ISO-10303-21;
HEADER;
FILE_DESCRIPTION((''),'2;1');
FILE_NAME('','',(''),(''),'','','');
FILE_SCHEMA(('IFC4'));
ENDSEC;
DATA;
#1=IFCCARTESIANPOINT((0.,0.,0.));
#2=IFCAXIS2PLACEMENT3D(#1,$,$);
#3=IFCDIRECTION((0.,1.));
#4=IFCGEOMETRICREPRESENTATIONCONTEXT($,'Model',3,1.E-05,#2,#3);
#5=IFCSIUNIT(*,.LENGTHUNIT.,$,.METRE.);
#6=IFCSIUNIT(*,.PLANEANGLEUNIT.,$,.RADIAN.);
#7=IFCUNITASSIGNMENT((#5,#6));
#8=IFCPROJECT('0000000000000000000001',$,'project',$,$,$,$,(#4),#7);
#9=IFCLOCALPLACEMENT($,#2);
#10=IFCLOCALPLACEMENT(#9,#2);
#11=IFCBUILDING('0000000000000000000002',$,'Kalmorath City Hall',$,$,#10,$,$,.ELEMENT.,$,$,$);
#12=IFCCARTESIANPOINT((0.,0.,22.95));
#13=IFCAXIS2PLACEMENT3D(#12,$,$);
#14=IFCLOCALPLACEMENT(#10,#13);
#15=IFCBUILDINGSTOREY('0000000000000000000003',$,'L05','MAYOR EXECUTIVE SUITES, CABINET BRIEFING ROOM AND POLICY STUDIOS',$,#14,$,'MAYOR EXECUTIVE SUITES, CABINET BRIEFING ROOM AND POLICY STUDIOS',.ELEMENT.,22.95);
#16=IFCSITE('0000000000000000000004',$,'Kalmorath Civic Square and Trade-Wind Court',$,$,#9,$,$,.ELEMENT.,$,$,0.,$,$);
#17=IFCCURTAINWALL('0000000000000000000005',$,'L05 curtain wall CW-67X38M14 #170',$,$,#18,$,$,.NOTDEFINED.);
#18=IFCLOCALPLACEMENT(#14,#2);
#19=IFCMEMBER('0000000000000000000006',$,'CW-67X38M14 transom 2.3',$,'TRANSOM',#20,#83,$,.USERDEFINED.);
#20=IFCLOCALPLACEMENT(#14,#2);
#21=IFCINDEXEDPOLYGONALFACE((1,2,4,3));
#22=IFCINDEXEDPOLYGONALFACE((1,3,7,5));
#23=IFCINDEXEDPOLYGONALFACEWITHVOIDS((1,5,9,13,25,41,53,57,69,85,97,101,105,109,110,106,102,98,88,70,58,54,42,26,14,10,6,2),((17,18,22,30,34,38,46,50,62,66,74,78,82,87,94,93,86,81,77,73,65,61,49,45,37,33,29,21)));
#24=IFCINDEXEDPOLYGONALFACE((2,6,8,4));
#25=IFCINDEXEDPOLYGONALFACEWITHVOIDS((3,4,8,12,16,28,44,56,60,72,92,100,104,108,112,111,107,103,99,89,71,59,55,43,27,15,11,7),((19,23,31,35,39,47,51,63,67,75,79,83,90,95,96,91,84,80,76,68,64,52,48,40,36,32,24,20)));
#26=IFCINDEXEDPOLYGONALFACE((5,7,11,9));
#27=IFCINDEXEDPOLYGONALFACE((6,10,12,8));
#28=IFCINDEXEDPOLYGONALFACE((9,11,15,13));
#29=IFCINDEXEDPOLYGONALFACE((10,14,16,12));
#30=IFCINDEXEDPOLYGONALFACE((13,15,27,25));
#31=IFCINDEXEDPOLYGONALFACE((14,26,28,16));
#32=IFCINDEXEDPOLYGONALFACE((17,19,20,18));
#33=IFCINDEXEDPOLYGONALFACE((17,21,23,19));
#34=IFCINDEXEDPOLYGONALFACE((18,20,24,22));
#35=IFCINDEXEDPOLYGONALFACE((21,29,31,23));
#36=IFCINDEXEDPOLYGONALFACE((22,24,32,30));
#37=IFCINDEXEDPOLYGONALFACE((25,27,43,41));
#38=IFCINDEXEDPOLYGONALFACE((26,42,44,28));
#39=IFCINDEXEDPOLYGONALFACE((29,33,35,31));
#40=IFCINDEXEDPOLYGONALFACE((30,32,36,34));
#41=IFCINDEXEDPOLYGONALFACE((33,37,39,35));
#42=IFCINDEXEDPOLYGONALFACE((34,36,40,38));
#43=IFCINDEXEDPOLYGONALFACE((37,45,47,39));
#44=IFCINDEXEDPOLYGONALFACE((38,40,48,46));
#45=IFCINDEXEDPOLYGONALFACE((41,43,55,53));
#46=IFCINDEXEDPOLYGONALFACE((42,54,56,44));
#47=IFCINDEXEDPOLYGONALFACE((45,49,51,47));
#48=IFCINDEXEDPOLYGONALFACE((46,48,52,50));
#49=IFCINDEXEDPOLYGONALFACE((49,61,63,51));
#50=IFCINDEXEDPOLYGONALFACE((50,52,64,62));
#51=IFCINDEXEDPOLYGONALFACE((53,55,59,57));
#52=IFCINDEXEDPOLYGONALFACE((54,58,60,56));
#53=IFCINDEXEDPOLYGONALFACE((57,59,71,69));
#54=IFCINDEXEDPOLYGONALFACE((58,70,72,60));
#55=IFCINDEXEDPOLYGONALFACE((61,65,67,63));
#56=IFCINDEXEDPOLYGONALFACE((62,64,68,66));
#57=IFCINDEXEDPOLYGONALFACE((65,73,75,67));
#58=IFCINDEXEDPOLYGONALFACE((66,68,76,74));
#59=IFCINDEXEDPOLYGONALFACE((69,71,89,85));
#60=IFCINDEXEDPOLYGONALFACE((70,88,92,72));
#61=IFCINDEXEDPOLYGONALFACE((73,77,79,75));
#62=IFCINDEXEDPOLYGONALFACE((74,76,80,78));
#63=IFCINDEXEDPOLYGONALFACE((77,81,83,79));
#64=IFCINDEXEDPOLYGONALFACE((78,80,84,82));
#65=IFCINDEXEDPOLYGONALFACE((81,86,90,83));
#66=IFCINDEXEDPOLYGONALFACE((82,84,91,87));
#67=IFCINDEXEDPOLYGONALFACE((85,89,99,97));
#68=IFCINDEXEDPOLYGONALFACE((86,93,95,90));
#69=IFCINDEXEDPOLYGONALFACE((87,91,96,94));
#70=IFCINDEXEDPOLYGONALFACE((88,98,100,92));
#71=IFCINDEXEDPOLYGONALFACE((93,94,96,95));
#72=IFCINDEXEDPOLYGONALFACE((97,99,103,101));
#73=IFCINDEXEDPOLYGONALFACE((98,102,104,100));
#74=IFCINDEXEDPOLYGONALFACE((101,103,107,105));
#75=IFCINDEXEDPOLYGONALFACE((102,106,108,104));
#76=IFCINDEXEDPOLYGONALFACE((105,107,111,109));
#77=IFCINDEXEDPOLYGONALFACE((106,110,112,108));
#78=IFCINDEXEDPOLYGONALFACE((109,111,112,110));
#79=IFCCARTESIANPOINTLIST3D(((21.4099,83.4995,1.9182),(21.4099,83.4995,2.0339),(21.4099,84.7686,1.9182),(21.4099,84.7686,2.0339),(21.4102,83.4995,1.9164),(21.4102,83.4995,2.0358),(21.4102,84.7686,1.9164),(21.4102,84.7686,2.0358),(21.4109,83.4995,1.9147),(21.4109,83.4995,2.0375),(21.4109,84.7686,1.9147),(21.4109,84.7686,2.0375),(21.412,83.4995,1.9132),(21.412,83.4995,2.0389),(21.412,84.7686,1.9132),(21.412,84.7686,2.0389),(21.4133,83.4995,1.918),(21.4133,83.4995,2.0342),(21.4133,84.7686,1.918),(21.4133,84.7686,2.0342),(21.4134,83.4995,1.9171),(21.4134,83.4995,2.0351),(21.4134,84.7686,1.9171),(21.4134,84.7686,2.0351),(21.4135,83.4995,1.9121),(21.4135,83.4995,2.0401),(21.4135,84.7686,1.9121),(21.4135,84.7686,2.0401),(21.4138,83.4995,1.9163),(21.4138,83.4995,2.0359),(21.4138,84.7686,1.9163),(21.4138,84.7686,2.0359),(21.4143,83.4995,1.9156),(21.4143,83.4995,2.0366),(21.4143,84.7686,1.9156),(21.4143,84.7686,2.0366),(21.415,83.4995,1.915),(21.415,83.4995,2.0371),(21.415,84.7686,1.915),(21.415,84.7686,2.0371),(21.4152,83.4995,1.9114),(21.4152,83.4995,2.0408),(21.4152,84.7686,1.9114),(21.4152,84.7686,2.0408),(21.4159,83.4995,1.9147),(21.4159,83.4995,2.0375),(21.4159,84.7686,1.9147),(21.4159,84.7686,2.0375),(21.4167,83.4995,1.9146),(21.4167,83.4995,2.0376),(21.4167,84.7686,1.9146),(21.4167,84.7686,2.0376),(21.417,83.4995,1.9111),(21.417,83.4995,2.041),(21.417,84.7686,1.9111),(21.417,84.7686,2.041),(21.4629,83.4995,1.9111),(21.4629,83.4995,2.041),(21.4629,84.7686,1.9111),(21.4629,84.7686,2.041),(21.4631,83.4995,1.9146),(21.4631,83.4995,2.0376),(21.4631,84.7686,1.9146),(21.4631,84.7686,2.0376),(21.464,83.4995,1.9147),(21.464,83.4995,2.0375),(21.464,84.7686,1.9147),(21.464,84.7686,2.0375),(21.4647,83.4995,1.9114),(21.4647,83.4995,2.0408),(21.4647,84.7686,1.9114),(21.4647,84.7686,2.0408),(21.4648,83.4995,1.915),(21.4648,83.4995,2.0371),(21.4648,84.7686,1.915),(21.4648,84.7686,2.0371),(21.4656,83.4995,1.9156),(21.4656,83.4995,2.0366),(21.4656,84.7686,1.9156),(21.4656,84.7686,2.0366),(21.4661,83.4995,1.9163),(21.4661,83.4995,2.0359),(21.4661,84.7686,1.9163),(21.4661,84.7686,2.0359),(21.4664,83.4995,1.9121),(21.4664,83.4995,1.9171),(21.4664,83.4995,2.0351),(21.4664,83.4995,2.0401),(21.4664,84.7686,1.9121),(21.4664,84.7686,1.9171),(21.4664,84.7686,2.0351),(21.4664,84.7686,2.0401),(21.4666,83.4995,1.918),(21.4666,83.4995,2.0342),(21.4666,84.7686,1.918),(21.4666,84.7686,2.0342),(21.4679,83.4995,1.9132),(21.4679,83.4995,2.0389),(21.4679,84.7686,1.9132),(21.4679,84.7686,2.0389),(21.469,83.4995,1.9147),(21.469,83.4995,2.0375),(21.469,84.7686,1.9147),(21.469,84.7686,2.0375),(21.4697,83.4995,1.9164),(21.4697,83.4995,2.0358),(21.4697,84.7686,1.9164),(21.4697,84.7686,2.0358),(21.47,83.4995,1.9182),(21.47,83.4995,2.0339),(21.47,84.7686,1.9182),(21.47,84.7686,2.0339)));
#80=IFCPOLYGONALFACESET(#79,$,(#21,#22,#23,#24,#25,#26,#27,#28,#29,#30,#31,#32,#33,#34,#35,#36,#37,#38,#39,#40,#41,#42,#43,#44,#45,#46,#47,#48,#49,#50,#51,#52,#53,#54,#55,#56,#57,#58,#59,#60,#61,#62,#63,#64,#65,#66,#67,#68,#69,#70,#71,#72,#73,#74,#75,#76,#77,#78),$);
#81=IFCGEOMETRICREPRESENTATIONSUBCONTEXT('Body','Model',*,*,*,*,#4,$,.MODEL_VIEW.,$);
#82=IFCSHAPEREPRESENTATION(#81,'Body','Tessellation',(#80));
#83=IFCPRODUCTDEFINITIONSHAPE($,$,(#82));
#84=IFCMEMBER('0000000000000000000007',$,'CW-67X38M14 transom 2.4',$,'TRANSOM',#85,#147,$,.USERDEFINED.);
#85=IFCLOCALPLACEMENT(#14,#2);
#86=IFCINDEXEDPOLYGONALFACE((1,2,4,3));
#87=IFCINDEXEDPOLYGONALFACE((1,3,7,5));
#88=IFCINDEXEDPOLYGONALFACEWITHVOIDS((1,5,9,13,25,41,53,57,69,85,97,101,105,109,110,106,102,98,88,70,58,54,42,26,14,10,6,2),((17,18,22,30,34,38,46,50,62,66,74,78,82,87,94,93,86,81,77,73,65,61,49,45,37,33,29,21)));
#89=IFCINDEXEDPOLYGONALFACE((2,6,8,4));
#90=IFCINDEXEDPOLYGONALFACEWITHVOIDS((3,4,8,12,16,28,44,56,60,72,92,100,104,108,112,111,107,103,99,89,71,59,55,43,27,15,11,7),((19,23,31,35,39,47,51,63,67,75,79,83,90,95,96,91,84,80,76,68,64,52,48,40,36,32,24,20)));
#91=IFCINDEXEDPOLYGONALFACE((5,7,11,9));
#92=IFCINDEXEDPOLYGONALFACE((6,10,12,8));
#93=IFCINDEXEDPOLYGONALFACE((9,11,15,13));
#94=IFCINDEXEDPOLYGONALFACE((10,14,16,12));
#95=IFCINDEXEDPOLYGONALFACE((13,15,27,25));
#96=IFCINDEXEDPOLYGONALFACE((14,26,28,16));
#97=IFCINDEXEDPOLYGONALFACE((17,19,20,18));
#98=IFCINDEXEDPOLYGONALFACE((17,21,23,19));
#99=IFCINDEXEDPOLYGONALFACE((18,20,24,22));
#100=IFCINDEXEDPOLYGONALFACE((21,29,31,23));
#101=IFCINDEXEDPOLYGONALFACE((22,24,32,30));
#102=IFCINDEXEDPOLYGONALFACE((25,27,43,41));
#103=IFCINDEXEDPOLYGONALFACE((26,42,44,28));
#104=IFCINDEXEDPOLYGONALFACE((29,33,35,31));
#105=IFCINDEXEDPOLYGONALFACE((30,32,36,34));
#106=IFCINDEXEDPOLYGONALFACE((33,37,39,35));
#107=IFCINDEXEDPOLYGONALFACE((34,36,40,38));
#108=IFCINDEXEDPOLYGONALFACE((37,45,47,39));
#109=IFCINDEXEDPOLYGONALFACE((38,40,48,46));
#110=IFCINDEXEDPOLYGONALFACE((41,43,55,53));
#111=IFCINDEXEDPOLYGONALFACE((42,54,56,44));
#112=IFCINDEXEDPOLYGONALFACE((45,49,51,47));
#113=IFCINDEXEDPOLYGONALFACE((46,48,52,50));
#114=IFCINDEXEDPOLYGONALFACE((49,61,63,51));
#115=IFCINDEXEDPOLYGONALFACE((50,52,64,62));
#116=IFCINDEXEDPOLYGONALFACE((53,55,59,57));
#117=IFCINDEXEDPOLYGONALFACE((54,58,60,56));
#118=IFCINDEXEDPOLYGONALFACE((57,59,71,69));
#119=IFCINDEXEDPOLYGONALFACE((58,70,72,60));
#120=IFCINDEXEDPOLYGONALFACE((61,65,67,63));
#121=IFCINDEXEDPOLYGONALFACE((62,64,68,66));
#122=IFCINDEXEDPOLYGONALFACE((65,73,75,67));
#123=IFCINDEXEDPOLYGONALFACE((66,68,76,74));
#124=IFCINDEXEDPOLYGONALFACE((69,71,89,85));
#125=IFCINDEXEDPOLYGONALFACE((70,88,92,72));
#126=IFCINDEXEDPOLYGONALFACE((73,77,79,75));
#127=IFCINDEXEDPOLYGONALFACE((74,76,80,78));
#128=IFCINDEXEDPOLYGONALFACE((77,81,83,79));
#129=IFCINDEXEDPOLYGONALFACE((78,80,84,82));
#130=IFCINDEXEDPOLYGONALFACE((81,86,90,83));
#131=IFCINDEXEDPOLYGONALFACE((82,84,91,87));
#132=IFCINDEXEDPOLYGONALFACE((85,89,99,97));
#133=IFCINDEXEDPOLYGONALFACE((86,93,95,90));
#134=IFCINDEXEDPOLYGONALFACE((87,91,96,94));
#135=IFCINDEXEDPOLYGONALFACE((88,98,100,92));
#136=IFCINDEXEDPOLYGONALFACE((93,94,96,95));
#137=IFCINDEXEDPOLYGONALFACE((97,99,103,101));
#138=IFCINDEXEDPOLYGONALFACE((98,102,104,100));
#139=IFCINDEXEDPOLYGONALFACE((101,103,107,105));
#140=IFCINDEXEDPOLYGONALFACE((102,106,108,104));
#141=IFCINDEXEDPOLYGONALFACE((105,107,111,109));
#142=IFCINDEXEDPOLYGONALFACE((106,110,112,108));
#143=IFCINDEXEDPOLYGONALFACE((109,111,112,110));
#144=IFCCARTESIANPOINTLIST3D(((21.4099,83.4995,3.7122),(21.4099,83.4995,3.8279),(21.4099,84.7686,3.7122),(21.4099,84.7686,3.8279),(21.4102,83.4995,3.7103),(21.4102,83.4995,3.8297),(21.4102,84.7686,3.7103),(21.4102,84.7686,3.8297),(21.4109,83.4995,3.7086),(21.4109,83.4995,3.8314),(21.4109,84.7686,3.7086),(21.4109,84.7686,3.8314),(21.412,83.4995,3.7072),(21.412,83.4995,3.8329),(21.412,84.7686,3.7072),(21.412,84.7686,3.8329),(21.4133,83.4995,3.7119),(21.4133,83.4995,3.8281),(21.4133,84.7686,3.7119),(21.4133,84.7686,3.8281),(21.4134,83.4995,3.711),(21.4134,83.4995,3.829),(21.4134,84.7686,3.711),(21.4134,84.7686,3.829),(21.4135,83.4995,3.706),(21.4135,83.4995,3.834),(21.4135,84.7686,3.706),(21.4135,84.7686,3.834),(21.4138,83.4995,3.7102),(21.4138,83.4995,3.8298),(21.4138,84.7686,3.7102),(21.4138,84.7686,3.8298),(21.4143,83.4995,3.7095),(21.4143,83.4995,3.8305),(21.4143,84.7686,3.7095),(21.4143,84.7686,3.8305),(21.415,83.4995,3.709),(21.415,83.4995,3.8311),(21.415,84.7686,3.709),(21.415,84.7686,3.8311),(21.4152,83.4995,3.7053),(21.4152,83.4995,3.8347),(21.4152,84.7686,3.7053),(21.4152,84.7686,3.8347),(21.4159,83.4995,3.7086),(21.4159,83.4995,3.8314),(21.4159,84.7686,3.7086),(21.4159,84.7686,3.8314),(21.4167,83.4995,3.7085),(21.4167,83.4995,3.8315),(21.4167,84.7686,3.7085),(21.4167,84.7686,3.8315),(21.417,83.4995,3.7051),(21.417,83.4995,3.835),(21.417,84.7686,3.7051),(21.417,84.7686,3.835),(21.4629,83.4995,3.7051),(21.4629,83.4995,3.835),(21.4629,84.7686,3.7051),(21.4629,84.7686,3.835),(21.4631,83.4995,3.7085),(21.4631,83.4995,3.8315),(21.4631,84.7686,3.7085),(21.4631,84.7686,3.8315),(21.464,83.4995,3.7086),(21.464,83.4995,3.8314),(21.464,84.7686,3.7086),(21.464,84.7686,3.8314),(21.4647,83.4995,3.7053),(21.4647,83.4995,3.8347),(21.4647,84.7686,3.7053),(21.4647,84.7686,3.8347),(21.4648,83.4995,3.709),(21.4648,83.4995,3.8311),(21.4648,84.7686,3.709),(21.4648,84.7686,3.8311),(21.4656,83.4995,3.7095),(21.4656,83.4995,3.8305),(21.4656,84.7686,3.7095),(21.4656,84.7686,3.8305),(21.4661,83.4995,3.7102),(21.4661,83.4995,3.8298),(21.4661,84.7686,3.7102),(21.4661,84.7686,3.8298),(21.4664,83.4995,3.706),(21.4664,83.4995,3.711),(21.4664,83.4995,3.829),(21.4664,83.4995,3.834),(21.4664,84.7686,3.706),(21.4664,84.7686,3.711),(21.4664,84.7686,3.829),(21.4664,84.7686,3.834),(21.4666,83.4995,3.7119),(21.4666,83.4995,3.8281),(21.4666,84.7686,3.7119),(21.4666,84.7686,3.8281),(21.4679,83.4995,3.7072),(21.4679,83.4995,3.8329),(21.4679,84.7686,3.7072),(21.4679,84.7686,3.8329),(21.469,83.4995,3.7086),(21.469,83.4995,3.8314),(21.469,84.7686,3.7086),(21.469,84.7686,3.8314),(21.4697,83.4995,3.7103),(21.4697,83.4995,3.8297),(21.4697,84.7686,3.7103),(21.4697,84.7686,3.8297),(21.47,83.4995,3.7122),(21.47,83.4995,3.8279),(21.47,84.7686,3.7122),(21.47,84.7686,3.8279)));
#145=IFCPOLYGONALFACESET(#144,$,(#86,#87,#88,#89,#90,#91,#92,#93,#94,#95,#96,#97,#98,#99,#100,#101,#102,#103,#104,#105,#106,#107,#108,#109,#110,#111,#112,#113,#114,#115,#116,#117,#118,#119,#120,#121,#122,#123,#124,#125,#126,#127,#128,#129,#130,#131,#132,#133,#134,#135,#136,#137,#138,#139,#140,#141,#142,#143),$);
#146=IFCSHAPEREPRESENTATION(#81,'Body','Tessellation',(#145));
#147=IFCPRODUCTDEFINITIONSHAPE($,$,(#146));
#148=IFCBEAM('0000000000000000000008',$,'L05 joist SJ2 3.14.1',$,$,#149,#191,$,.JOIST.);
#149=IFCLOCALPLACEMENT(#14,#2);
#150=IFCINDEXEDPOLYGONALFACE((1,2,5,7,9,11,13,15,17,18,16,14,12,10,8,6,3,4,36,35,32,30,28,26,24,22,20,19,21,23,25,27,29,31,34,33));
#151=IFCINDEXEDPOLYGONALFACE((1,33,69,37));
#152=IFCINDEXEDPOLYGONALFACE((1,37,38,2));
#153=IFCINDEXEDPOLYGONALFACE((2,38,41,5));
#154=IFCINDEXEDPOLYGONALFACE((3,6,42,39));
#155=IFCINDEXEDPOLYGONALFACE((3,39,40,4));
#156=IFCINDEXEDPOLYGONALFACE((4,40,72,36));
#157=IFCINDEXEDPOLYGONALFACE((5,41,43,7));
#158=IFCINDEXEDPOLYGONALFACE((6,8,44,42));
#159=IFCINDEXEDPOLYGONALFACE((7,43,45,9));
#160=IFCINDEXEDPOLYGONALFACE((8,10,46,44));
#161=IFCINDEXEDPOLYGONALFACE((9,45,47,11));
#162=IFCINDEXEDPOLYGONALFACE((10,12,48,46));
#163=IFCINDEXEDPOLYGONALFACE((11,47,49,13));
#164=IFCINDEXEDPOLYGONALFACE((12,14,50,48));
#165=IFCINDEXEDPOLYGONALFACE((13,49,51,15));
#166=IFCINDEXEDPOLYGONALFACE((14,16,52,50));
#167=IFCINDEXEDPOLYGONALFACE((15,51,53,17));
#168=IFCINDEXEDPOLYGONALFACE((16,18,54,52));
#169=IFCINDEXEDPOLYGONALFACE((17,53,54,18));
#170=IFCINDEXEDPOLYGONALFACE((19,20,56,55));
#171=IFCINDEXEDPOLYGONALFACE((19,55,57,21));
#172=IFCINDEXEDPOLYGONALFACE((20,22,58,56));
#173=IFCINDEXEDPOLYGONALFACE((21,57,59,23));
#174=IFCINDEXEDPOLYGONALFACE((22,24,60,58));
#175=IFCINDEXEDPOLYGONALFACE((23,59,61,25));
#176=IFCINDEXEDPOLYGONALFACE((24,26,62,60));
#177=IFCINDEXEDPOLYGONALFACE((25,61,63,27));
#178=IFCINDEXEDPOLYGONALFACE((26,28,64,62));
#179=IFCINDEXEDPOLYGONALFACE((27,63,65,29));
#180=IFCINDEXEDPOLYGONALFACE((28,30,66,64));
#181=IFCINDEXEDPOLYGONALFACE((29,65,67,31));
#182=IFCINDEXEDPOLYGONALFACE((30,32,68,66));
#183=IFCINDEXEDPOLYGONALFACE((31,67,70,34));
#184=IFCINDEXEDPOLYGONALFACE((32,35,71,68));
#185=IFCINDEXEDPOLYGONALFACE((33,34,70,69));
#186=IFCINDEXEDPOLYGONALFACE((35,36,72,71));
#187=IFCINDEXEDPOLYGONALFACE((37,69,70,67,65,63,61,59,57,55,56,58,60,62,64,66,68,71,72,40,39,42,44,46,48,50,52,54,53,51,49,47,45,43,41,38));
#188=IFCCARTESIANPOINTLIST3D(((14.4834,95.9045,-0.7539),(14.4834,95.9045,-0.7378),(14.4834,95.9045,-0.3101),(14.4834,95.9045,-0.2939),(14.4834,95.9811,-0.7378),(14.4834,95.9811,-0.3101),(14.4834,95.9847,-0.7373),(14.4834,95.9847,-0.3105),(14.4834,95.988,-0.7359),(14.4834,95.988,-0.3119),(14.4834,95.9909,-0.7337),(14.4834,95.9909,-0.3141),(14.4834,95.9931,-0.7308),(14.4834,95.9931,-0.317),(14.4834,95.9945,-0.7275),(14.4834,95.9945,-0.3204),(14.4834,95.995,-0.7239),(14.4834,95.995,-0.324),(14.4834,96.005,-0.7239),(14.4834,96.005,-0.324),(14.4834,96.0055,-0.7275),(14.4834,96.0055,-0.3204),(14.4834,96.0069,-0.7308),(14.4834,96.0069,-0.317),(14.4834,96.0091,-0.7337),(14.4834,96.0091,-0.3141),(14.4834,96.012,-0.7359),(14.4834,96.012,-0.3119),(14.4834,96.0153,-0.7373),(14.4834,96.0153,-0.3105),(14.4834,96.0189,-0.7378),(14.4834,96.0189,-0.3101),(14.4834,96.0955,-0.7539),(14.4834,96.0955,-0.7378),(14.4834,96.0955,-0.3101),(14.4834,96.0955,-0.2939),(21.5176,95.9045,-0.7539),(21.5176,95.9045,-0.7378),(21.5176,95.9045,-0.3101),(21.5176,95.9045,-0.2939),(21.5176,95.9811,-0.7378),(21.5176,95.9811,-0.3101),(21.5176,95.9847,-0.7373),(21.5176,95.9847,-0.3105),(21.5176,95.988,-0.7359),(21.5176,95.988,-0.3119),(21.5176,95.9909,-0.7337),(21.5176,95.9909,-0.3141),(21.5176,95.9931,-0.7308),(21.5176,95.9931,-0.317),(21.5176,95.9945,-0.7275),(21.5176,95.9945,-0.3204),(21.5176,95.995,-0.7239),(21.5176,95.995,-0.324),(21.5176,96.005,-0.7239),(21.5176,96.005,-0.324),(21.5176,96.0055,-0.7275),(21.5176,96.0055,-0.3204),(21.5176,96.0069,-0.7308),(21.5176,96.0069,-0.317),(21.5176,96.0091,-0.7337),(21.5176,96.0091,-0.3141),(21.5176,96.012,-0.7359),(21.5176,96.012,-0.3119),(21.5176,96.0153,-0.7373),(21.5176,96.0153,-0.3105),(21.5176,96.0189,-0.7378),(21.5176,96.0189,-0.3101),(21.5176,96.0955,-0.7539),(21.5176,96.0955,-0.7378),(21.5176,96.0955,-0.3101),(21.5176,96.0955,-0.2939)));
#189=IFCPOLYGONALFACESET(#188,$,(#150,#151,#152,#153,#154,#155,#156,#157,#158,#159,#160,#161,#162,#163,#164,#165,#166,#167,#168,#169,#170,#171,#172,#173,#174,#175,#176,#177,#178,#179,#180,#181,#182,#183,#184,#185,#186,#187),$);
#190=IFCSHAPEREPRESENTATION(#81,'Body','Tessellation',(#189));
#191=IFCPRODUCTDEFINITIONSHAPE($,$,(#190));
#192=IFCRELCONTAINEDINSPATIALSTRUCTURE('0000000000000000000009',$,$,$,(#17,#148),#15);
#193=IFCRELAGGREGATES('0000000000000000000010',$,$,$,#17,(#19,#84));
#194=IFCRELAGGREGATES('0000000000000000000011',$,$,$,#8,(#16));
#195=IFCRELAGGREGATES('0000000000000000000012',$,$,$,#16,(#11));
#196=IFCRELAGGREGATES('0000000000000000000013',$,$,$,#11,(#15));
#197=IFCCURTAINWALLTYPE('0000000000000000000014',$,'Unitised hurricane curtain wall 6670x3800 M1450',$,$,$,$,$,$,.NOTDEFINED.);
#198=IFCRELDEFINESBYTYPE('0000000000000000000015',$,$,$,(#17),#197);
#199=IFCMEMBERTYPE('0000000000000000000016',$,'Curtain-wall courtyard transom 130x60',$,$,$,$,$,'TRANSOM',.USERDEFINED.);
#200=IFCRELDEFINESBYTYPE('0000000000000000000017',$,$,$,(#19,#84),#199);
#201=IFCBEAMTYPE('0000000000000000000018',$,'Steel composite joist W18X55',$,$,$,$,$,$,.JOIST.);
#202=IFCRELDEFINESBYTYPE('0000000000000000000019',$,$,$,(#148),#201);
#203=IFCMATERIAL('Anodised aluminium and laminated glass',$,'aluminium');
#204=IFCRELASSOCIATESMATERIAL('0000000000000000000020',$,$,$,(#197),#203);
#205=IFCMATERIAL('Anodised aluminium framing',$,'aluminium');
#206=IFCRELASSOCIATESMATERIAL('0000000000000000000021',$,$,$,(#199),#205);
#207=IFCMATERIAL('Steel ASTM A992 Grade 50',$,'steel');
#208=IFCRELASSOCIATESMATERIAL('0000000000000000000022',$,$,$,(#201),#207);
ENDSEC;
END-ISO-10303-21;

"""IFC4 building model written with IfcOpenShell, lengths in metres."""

from ifc_helpers import new_model, si_unit, direction, frame, origin, origin_2d, place, context, subcontext, project, spatial, hollow_rectangle, i_section, extrude, material, material_profile, profile_set, type_object, element, aggregate, save


model = new_model("IFC4")

# Units and contexts
model_context = context("Model", 3, precision=1e-05, world=origin(), true_north=direction((0.0, 1.0)))
body_context = subcontext(model_context, "Body", "Model", "MODEL_VIEW")
ifc_project = project(units=[si_unit("LENGTHUNIT", "METRE"), si_unit("PLANEANGLEUNIT", "RADIAN")], contexts=[model_context])

# Site, building, storey
site_placement = place(None, origin())
site = spatial("IfcSite", under=ifc_project, at=site_placement, Name="Kalmorath Civic Square and Trade-Wind Court", CompositionType="ELEMENT", RefElevation=0.0)
building_placement = place(site_placement, origin())
building = spatial("IfcBuilding", under=site, at=building_placement, Name="Kalmorath City Hall", CompositionType="ELEMENT")
storey_placement = place(building_placement, frame((0.0, 0.0, 22.95)))
storey = spatial("IfcBuildingStorey", under=building, at=storey_placement, Name="L05", Description="MAYOR EXECUTIVE SUITES, CABINET BRIEFING ROOM AND POLICY STUDIOS", LongName="MAYOR EXECUTIVE SUITES, CABINET BRIEFING ROOM AND POLICY STUDIOS", CompositionType="ELEMENT", Elevation=22.95)

# Curtain wall, members
ifc_material_1 = material(Name="Anodised aluminium and laminated glass", Category="aluminium")
curtain_wall_type = type_object("IfcCurtainWallType", Name="Unitised hurricane curtain wall 6670x3800 M1450", PredefinedType="NOTDEFINED", material=ifc_material_1)
curtain_wall_placement = place(storey_placement, origin())
curtain_wall = element("IfcCurtainWall", 1, at=curtain_wall_placement, inside=storey, type_object=curtain_wall_type, Name="L05 curtain wall CW-67X38M14 #170", PredefinedType="NOTDEFINED")
ifc_material_2 = material(Name="Anodised aluminium framing", Category="aluminium")
ifc_material_profile_1 = material_profile(ifc_material_2, hollow_rectangle(XDim=0.0601, YDim=0.1299, WallThickness=0.0034, InnerFilletRadius=0.0034, OuterFilletRadius=0.0071, at=origin_2d()), Name="ALU-TRN-130X60X3.5")
ifc_profile_set_1 = profile_set([ifc_material_profile_1], Name="Anodised aluminium framing")
member_type_1 = type_object("IfcMemberType", Name="Curtain-wall courtyard transom 130x60", ElementType="TRANSOM", PredefinedType="USERDEFINED", material=ifc_profile_set_1)
member_1_placement = place(storey_placement, frame((21.4399, 84.7686, 1.9761), z_axis=(0.0, -1.0, 0.0), x_axis=(1.0, 0.0, 0.0)))
member_1 = element("IfcMember", 2, at=member_1_placement, type_object=member_type_1, Name="CW-67X38M14 transom 2.3", ObjectType="TRANSOM", PredefinedType="USERDEFINED", context=body_context, shape_type="SweptSolid", body=[
    extrude(hollow_rectangle(XDim=0.0601, YDim=0.1299, WallThickness=0.0034, InnerFilletRadius=0.0034, OuterFilletRadius=0.0071, at=origin_2d()), origin(), (0.0, 0.0, 1.0), 1.269),
])
member_2_placement = place(storey_placement, frame((21.4399, 84.7686, 3.77), z_axis=(0.0, -1.0, 0.0), x_axis=(1.0, 0.0, 0.0)))
member_2 = element("IfcMember", 3, at=member_2_placement, type_object=member_type_1, Name="CW-67X38M14 transom 2.4", ObjectType="TRANSOM", PredefinedType="USERDEFINED", context=body_context, shape_type="SweptSolid", body=[
    extrude(hollow_rectangle(XDim=0.0601, YDim=0.1299, WallThickness=0.0034, InnerFilletRadius=0.0034, OuterFilletRadius=0.0071, at=origin_2d()), origin(), (0.0, 0.0, 1.0), 1.269),
])

# Beam
ifc_material_3 = material(Name="Steel ASTM A992 Grade 50", Category="steel")
ifc_material_profile_2 = material_profile(ifc_material_3, i_section(OverallWidth=0.1909, OverallDepth=0.46, WebThickness=0.01, FlangeThickness=0.0161, FilletRadius=0.0139, at=origin_2d()), Name="W18X55")
ifc_profile_set_2 = profile_set([ifc_material_profile_2], Name="Steel ASTM A992 Grade 50")
beam_type_1 = type_object("IfcBeamType", Name="Steel composite joist W18X55", PredefinedType="JOIST", material=ifc_profile_set_2)
for number, where, z_axis, x_axis, name in (
    (4, (14.4834, 96.0, -0.5239), (1.0, 0.0, 0.0), (0.0, 1.0, 0.0), "L05 joist SJ2 3.14.1"),
):
    element("IfcBeam", number, at=place(storey_placement, frame(where, z_axis=z_axis, x_axis=x_axis)), inside=storey, type_object=beam_type_1, Name=name, PredefinedType="JOIST", context=body_context, shape_type="SweptSolid", body=[
        extrude(i_section(OverallWidth=0.1909, OverallDepth=0.46, WebThickness=0.01, FlangeThickness=0.0161, FilletRadius=0.0139, at=origin_2d()), origin(), (0.0, 0.0, 1.0), 7.0342),
    ])

aggregate(curtain_wall, [member_1, member_2])

save(model, "model.ifc")
